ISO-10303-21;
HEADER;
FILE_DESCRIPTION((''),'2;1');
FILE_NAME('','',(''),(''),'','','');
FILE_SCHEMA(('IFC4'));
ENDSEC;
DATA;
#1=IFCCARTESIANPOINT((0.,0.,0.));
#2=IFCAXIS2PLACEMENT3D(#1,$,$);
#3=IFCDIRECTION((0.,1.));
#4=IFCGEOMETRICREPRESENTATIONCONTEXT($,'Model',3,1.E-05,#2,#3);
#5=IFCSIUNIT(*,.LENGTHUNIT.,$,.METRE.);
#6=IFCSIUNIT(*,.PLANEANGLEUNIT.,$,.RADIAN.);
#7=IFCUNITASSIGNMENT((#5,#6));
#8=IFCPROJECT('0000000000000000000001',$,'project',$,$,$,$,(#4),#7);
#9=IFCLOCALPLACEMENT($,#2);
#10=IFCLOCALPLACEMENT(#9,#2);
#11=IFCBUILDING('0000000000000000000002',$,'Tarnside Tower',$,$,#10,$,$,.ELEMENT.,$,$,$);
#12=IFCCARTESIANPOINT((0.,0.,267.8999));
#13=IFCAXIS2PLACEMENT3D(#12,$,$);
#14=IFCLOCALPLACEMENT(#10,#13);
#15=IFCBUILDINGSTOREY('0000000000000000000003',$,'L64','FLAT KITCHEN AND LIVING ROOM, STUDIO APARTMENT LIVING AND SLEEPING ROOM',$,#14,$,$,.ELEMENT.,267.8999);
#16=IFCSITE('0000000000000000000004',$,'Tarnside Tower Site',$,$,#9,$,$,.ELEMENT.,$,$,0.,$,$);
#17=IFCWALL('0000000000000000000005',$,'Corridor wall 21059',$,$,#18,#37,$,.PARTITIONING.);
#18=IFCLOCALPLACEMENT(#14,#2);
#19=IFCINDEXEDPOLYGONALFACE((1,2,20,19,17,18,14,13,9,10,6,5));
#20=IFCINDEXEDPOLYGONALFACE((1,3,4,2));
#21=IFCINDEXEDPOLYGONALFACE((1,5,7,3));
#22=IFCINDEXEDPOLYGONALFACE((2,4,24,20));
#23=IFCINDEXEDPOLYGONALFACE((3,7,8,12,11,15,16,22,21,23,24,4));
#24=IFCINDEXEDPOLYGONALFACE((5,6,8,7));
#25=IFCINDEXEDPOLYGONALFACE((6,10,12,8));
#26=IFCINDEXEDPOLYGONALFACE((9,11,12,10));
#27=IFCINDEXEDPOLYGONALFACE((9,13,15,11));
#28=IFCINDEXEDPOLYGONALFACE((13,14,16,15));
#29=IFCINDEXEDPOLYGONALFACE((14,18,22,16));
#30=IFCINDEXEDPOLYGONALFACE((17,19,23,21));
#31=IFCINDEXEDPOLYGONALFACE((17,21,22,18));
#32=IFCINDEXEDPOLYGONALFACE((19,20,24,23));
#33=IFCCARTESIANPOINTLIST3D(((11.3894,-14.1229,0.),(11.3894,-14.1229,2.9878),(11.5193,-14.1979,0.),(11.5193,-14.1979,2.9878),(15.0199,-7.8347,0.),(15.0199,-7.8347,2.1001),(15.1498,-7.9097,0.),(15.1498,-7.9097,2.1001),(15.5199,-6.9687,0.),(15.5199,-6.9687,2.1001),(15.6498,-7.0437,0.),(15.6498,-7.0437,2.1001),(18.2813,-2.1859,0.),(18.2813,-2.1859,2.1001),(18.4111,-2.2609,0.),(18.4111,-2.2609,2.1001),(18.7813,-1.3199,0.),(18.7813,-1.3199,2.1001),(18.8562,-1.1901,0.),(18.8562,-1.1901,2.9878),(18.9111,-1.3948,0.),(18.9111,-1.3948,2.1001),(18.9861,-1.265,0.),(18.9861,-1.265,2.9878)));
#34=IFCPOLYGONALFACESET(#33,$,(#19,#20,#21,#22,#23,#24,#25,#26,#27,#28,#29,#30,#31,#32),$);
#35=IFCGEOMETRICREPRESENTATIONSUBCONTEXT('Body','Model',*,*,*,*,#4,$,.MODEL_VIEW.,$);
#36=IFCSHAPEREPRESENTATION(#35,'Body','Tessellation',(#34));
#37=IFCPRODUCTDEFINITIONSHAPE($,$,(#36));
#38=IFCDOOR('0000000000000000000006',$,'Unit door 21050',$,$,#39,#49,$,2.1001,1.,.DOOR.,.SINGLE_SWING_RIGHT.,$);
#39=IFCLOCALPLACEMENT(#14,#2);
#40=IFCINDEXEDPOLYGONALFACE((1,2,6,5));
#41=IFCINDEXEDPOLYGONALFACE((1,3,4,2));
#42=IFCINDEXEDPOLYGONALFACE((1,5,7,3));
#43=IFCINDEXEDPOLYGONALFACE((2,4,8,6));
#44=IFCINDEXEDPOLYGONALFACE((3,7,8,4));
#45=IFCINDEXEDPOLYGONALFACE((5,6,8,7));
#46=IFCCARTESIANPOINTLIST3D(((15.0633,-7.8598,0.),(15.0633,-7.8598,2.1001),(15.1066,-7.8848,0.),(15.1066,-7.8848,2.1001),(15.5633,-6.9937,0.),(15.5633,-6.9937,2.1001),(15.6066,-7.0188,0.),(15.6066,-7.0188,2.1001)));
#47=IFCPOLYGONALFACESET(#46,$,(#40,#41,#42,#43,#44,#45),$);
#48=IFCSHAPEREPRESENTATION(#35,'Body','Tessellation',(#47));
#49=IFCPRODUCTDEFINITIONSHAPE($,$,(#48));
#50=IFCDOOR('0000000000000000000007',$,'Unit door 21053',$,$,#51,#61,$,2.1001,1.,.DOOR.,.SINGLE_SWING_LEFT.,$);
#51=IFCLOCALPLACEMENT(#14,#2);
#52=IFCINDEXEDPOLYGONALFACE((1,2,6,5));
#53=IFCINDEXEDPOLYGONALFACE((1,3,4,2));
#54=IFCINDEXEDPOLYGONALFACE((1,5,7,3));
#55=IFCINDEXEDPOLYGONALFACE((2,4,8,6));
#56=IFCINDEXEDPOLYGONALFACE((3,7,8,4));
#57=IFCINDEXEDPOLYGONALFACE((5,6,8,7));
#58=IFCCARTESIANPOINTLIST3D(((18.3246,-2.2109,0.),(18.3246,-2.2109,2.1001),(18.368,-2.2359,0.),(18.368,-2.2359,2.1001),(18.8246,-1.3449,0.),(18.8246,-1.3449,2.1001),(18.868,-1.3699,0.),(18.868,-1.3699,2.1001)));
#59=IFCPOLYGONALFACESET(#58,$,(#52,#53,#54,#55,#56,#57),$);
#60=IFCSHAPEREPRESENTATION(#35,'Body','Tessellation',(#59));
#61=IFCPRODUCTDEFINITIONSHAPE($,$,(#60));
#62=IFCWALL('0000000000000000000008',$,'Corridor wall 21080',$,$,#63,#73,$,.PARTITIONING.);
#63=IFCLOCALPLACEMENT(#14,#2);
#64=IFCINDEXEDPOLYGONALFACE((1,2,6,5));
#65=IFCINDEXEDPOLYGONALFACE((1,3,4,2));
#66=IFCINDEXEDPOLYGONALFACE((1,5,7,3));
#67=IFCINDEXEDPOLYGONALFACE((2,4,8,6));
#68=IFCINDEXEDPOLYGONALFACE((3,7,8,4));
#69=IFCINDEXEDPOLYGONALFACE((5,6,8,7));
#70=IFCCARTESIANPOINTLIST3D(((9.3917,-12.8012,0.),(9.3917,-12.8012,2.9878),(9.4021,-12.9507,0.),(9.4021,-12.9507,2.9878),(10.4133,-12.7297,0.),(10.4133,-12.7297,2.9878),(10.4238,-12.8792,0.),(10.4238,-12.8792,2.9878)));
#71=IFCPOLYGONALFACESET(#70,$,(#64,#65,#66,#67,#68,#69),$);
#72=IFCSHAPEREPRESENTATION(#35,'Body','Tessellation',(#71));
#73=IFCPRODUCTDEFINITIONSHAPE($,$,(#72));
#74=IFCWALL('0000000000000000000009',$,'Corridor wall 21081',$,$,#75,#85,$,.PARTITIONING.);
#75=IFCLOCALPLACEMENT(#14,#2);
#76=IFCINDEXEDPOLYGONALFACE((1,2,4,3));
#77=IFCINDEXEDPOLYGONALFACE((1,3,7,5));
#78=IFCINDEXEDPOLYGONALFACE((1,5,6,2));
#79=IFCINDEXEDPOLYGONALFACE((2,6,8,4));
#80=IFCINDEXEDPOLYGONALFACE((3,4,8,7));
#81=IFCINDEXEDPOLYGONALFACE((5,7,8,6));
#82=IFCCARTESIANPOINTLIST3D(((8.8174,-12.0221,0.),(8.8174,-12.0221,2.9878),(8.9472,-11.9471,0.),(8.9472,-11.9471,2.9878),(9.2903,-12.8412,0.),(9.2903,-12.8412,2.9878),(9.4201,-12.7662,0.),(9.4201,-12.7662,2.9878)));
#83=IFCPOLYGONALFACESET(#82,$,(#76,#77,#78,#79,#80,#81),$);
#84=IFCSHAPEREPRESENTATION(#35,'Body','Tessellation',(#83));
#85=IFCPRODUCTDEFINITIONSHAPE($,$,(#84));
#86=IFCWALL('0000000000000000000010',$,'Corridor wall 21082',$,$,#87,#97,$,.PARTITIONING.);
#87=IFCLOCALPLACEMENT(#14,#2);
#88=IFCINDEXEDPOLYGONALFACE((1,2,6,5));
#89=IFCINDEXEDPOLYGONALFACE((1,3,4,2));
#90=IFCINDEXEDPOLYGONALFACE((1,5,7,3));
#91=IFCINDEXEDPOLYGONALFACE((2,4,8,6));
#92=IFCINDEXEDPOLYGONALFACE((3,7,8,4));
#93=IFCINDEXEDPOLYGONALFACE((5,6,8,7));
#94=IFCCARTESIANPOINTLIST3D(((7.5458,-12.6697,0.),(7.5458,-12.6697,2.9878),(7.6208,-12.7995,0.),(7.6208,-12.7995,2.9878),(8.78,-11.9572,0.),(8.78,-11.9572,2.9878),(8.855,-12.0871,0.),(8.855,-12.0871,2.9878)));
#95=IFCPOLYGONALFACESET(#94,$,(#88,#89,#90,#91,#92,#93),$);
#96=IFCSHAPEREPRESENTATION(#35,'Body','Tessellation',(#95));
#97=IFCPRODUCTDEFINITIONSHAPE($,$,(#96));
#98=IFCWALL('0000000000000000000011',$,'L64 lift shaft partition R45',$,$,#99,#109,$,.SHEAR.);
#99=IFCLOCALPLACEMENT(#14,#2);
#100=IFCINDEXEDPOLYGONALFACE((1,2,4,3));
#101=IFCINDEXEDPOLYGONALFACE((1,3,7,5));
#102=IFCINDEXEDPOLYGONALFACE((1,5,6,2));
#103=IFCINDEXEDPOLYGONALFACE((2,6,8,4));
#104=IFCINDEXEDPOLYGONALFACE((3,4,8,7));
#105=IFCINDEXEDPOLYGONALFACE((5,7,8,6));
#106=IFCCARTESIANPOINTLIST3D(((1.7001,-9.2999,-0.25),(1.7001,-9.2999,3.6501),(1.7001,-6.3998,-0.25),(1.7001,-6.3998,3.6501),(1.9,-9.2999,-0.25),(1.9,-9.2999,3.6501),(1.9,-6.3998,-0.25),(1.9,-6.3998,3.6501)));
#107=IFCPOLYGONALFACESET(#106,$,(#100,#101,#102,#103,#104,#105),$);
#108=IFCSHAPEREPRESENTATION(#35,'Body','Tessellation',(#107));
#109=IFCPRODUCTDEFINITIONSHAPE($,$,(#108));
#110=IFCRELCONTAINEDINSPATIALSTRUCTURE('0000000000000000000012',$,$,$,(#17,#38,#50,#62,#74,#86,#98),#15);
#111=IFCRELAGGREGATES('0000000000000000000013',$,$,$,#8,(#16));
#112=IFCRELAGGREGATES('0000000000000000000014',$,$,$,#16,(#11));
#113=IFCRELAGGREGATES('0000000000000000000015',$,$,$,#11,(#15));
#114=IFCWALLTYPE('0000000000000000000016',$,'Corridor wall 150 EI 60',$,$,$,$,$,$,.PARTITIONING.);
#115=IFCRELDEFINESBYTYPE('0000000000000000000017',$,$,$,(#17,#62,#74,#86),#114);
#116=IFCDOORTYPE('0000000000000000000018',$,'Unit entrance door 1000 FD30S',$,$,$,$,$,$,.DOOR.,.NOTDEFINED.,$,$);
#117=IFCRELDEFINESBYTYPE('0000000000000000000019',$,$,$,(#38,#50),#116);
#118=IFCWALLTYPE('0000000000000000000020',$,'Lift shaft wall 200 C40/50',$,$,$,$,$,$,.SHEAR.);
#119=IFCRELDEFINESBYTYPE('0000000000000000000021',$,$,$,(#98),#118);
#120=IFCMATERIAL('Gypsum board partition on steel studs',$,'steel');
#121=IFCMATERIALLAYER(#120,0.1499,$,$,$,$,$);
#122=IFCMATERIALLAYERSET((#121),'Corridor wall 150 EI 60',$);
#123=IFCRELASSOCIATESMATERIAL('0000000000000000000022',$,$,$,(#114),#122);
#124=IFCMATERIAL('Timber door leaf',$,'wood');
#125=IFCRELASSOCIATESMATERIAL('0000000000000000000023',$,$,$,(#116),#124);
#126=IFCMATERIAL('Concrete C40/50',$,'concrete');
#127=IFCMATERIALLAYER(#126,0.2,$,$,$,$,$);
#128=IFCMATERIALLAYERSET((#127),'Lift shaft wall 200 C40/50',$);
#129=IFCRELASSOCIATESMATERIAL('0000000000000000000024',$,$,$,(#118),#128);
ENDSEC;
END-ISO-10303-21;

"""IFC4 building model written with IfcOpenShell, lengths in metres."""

from ifc_helpers import new_model, si_unit, direction, frame, frame_2d, origin, place, context, subcontext, project, spatial, rectangle, extrude, material, layer, layer_set, type_object, element, fill, save


model = new_model("IFC4")

# Units and contexts
model_context = context("Model", 3, precision=1e-05, world=origin(), true_north=direction((0.0, 1.0)))
body_context = subcontext(model_context, "Body", "Model", "MODEL_VIEW")
ifc_project = project(units=[si_unit("LENGTHUNIT", "METRE"), si_unit("PLANEANGLEUNIT", "RADIAN")], contexts=[model_context])

# Site, building, storey
site_placement = place(None, origin())
site = spatial("IfcSite", under=ifc_project, at=site_placement, Name="Tarnside Tower Site", CompositionType="ELEMENT", RefElevation=0.0)
building_placement = place(site_placement, origin())
building = spatial("IfcBuilding", under=site, at=building_placement, Name="Tarnside Tower", CompositionType="ELEMENT")
storey_placement = place(building_placement, frame((0.0, 0.0, 267.8999)))
storey = spatial("IfcBuildingStorey", under=building, at=storey_placement, Name="L64", Description="FLAT KITCHEN AND LIVING ROOM, STUDIO APARTMENT LIVING AND SLEEPING ROOM", CompositionType="ELEMENT", Elevation=267.8999)

# Shared definitions
ifc_material_1 = material(Name="Gypsum board partition on steel studs", Category="steel")

# Shared definitions
ifc_layer_1 = layer(ifc_material_1, 0.1499)
ifc_layer_set_1 = layer_set([ifc_layer_1], Name="Corridor wall 150 EI 60")
wall_type_1 = type_object("IfcWallType", Name="Corridor wall 150 EI 60", PredefinedType="PARTITIONING", material=ifc_layer_set_1)
ifc_material_2 = material(Name="Timber door leaf", Category="wood")
door_type_1 = type_object("IfcDoorType", Name="Unit entrance door 1000 FD30S", OperationType="NOTDEFINED", PredefinedType="DOOR", material=ifc_material_2)

# Wall, openings, doors
wall_1_placement = place(storey_placement, frame((11.4543, -14.1604, 0.0), z_axis=(0.0, 0.0, 1.0), x_axis=(0.5, 0.866025, 0.0)))
wall_1 = element("IfcWall", 1, at=wall_1_placement, inside=storey, type_object=wall_type_1, Name="Corridor wall 21059", PredefinedType="PARTITIONING", context=body_context, shape_type="SweptSolid", body=[
    extrude(rectangle(XDim=14.9336, YDim=0.1499, at=frame_2d((7.4668, 0.0))), origin(), (0.0, 0.0, 1.0), 2.9878),
])
opening_1_placement = place(wall_1_placement, frame((7.261, 0.0, 0.0)))
opening_1 = element("IfcOpeningElement", 2, at=opening_1_placement, cuts=wall_1, PredefinedType="OPENING", context=body_context, shape_type="SweptSolid", body=[
    extrude(rectangle(XDim=1.0, YDim=2.1001, at=frame_2d((0.5, 1.05))), frame((0.0, 0.085, 0.0), z_axis=(0.0, -1.0, 0.0), x_axis=(1.0, 0.0, 0.0)), (0.0, 0.0, 1.0), 0.1699),
])
opening_2_placement = place(wall_1_placement, frame((13.7837, 0.0, 0.0)))
opening_2 = element("IfcOpeningElement", 3, at=opening_2_placement, cuts=wall_1, PredefinedType="OPENING", context=body_context, shape_type="SweptSolid", body=[
    extrude(rectangle(XDim=1.0, YDim=2.1001, at=frame_2d((0.5, 1.05))), frame((0.0, 0.085, 0.0), z_axis=(0.0, -1.0, 0.0), x_axis=(1.0, 0.0, 0.0)), (0.0, 0.0, 1.0), 0.1699),
])
door_1_placement = place(opening_1_placement, origin())
door_1 = element("IfcDoor", 4, at=door_1_placement, inside=storey, type_object=door_type_1, Name="Unit door 21050", OperationType="SINGLE_SWING_RIGHT", OverallHeight=2.1001, OverallWidth=1.0, PredefinedType="DOOR", context=body_context, shape_type="SweptSolid", body=[
    extrude(rectangle(XDim=1.0, YDim=2.1001, at=frame_2d((0.5, 1.05))), frame((0.0, 0.0249, 0.0), z_axis=(0.0, -1.0, 0.0), x_axis=(1.0, 0.0, 0.0)), (0.0, 0.0, 1.0), 0.05),
])
fill(opening_1, door_1)
door_2_placement = place(opening_2_placement, origin())
door_2 = element("IfcDoor", 5, at=door_2_placement, inside=storey, type_object=door_type_1, Name="Unit door 21053", OperationType="SINGLE_SWING_LEFT", OverallHeight=2.1001, OverallWidth=1.0, PredefinedType="DOOR", context=body_context, shape_type="SweptSolid", body=[
    extrude(rectangle(XDim=1.0, YDim=2.1001, at=frame_2d((0.5, 1.05))), frame((0.0, 0.0249, 0.0), z_axis=(0.0, -1.0, 0.0), x_axis=(1.0, 0.0, 0.0)), (0.0, 0.0, 1.0), 0.05),
])
fill(opening_2, door_2)

# Walls
wall_2_placement = place(storey_placement, frame((10.4187, -12.8044, 0.0), z_axis=(0.0, 0.0, 1.0), x_axis=(-0.997558, -0.069841, 0.0)))
element("IfcWall", 6, at=wall_2_placement, inside=storey, type_object=wall_type_1, Name="Corridor wall 21080", PredefinedType="PARTITIONING", context=body_context, shape_type="SweptSolid", body=[
    extrude(rectangle(XDim=1.0242, YDim=0.1499, at=frame_2d((0.5122, 0.0))), origin(), (0.0, 0.0, 1.0), 2.9878),
])
wall_3_placement = place(storey_placement, frame((9.3552, -12.8037, 0.0), z_axis=(0.0, 0.0, 1.0), x_axis=(-0.499998, 0.866027, 0.0)))
element("IfcWall", 7, at=wall_3_placement, inside=storey, type_object=wall_type_1, Name="Corridor wall 21081", PredefinedType="PARTITIONING", context=body_context, shape_type="SweptSolid", body=[
    extrude(rectangle(XDim=0.9458, YDim=0.1499, at=frame_2d((0.4729, 0.0))), origin(), (0.0, 0.0, 1.0), 2.9878),
])
wall_4_placement = place(storey_placement, frame((8.8174, -12.0222, 0.0), z_axis=(0.0, 0.0, 1.0), x_axis=(-0.866063, -0.499935, 0.0)))
element("IfcWall", 8, at=wall_4_placement, inside=storey, type_object=wall_type_1, Name="Corridor wall 21082", PredefinedType="PARTITIONING", context=body_context, shape_type="SweptSolid", body=[
    extrude(rectangle(XDim=1.425, YDim=0.1499, at=frame_2d((0.7124, 0.0))), origin(), (0.0, 0.0, 1.0), 2.9878),
])
ifc_material_3 = material(Name="Concrete C40/50", Category="concrete")
ifc_layer_2 = layer(ifc_material_3, 0.2)
ifc_layer_set_2 = layer_set([ifc_layer_2], Name="Lift shaft wall 200 C40/50")
wall_type_2 = type_object("IfcWallType", Name="Lift shaft wall 200 C40/50", PredefinedType="SHEAR", material=ifc_layer_set_2)
wall_5_placement = place(storey_placement, frame((1.8, -9.3, -0.25), z_axis=(0.0, 0.0, 1.0), x_axis=(0.0, 1.0, 0.0)))
element("IfcWall", 9, at=wall_5_placement, inside=storey, type_object=wall_type_2, Name="L64 lift shaft partition R45", PredefinedType="SHEAR", context=body_context, shape_type="SweptSolid", body=[
    extrude(rectangle(XDim=2.9001, YDim=0.2, at=frame_2d((1.4502, 0.0))), origin(), (0.0, 0.0, 1.0), 3.9001),
])

save(model, "model.ifc")
